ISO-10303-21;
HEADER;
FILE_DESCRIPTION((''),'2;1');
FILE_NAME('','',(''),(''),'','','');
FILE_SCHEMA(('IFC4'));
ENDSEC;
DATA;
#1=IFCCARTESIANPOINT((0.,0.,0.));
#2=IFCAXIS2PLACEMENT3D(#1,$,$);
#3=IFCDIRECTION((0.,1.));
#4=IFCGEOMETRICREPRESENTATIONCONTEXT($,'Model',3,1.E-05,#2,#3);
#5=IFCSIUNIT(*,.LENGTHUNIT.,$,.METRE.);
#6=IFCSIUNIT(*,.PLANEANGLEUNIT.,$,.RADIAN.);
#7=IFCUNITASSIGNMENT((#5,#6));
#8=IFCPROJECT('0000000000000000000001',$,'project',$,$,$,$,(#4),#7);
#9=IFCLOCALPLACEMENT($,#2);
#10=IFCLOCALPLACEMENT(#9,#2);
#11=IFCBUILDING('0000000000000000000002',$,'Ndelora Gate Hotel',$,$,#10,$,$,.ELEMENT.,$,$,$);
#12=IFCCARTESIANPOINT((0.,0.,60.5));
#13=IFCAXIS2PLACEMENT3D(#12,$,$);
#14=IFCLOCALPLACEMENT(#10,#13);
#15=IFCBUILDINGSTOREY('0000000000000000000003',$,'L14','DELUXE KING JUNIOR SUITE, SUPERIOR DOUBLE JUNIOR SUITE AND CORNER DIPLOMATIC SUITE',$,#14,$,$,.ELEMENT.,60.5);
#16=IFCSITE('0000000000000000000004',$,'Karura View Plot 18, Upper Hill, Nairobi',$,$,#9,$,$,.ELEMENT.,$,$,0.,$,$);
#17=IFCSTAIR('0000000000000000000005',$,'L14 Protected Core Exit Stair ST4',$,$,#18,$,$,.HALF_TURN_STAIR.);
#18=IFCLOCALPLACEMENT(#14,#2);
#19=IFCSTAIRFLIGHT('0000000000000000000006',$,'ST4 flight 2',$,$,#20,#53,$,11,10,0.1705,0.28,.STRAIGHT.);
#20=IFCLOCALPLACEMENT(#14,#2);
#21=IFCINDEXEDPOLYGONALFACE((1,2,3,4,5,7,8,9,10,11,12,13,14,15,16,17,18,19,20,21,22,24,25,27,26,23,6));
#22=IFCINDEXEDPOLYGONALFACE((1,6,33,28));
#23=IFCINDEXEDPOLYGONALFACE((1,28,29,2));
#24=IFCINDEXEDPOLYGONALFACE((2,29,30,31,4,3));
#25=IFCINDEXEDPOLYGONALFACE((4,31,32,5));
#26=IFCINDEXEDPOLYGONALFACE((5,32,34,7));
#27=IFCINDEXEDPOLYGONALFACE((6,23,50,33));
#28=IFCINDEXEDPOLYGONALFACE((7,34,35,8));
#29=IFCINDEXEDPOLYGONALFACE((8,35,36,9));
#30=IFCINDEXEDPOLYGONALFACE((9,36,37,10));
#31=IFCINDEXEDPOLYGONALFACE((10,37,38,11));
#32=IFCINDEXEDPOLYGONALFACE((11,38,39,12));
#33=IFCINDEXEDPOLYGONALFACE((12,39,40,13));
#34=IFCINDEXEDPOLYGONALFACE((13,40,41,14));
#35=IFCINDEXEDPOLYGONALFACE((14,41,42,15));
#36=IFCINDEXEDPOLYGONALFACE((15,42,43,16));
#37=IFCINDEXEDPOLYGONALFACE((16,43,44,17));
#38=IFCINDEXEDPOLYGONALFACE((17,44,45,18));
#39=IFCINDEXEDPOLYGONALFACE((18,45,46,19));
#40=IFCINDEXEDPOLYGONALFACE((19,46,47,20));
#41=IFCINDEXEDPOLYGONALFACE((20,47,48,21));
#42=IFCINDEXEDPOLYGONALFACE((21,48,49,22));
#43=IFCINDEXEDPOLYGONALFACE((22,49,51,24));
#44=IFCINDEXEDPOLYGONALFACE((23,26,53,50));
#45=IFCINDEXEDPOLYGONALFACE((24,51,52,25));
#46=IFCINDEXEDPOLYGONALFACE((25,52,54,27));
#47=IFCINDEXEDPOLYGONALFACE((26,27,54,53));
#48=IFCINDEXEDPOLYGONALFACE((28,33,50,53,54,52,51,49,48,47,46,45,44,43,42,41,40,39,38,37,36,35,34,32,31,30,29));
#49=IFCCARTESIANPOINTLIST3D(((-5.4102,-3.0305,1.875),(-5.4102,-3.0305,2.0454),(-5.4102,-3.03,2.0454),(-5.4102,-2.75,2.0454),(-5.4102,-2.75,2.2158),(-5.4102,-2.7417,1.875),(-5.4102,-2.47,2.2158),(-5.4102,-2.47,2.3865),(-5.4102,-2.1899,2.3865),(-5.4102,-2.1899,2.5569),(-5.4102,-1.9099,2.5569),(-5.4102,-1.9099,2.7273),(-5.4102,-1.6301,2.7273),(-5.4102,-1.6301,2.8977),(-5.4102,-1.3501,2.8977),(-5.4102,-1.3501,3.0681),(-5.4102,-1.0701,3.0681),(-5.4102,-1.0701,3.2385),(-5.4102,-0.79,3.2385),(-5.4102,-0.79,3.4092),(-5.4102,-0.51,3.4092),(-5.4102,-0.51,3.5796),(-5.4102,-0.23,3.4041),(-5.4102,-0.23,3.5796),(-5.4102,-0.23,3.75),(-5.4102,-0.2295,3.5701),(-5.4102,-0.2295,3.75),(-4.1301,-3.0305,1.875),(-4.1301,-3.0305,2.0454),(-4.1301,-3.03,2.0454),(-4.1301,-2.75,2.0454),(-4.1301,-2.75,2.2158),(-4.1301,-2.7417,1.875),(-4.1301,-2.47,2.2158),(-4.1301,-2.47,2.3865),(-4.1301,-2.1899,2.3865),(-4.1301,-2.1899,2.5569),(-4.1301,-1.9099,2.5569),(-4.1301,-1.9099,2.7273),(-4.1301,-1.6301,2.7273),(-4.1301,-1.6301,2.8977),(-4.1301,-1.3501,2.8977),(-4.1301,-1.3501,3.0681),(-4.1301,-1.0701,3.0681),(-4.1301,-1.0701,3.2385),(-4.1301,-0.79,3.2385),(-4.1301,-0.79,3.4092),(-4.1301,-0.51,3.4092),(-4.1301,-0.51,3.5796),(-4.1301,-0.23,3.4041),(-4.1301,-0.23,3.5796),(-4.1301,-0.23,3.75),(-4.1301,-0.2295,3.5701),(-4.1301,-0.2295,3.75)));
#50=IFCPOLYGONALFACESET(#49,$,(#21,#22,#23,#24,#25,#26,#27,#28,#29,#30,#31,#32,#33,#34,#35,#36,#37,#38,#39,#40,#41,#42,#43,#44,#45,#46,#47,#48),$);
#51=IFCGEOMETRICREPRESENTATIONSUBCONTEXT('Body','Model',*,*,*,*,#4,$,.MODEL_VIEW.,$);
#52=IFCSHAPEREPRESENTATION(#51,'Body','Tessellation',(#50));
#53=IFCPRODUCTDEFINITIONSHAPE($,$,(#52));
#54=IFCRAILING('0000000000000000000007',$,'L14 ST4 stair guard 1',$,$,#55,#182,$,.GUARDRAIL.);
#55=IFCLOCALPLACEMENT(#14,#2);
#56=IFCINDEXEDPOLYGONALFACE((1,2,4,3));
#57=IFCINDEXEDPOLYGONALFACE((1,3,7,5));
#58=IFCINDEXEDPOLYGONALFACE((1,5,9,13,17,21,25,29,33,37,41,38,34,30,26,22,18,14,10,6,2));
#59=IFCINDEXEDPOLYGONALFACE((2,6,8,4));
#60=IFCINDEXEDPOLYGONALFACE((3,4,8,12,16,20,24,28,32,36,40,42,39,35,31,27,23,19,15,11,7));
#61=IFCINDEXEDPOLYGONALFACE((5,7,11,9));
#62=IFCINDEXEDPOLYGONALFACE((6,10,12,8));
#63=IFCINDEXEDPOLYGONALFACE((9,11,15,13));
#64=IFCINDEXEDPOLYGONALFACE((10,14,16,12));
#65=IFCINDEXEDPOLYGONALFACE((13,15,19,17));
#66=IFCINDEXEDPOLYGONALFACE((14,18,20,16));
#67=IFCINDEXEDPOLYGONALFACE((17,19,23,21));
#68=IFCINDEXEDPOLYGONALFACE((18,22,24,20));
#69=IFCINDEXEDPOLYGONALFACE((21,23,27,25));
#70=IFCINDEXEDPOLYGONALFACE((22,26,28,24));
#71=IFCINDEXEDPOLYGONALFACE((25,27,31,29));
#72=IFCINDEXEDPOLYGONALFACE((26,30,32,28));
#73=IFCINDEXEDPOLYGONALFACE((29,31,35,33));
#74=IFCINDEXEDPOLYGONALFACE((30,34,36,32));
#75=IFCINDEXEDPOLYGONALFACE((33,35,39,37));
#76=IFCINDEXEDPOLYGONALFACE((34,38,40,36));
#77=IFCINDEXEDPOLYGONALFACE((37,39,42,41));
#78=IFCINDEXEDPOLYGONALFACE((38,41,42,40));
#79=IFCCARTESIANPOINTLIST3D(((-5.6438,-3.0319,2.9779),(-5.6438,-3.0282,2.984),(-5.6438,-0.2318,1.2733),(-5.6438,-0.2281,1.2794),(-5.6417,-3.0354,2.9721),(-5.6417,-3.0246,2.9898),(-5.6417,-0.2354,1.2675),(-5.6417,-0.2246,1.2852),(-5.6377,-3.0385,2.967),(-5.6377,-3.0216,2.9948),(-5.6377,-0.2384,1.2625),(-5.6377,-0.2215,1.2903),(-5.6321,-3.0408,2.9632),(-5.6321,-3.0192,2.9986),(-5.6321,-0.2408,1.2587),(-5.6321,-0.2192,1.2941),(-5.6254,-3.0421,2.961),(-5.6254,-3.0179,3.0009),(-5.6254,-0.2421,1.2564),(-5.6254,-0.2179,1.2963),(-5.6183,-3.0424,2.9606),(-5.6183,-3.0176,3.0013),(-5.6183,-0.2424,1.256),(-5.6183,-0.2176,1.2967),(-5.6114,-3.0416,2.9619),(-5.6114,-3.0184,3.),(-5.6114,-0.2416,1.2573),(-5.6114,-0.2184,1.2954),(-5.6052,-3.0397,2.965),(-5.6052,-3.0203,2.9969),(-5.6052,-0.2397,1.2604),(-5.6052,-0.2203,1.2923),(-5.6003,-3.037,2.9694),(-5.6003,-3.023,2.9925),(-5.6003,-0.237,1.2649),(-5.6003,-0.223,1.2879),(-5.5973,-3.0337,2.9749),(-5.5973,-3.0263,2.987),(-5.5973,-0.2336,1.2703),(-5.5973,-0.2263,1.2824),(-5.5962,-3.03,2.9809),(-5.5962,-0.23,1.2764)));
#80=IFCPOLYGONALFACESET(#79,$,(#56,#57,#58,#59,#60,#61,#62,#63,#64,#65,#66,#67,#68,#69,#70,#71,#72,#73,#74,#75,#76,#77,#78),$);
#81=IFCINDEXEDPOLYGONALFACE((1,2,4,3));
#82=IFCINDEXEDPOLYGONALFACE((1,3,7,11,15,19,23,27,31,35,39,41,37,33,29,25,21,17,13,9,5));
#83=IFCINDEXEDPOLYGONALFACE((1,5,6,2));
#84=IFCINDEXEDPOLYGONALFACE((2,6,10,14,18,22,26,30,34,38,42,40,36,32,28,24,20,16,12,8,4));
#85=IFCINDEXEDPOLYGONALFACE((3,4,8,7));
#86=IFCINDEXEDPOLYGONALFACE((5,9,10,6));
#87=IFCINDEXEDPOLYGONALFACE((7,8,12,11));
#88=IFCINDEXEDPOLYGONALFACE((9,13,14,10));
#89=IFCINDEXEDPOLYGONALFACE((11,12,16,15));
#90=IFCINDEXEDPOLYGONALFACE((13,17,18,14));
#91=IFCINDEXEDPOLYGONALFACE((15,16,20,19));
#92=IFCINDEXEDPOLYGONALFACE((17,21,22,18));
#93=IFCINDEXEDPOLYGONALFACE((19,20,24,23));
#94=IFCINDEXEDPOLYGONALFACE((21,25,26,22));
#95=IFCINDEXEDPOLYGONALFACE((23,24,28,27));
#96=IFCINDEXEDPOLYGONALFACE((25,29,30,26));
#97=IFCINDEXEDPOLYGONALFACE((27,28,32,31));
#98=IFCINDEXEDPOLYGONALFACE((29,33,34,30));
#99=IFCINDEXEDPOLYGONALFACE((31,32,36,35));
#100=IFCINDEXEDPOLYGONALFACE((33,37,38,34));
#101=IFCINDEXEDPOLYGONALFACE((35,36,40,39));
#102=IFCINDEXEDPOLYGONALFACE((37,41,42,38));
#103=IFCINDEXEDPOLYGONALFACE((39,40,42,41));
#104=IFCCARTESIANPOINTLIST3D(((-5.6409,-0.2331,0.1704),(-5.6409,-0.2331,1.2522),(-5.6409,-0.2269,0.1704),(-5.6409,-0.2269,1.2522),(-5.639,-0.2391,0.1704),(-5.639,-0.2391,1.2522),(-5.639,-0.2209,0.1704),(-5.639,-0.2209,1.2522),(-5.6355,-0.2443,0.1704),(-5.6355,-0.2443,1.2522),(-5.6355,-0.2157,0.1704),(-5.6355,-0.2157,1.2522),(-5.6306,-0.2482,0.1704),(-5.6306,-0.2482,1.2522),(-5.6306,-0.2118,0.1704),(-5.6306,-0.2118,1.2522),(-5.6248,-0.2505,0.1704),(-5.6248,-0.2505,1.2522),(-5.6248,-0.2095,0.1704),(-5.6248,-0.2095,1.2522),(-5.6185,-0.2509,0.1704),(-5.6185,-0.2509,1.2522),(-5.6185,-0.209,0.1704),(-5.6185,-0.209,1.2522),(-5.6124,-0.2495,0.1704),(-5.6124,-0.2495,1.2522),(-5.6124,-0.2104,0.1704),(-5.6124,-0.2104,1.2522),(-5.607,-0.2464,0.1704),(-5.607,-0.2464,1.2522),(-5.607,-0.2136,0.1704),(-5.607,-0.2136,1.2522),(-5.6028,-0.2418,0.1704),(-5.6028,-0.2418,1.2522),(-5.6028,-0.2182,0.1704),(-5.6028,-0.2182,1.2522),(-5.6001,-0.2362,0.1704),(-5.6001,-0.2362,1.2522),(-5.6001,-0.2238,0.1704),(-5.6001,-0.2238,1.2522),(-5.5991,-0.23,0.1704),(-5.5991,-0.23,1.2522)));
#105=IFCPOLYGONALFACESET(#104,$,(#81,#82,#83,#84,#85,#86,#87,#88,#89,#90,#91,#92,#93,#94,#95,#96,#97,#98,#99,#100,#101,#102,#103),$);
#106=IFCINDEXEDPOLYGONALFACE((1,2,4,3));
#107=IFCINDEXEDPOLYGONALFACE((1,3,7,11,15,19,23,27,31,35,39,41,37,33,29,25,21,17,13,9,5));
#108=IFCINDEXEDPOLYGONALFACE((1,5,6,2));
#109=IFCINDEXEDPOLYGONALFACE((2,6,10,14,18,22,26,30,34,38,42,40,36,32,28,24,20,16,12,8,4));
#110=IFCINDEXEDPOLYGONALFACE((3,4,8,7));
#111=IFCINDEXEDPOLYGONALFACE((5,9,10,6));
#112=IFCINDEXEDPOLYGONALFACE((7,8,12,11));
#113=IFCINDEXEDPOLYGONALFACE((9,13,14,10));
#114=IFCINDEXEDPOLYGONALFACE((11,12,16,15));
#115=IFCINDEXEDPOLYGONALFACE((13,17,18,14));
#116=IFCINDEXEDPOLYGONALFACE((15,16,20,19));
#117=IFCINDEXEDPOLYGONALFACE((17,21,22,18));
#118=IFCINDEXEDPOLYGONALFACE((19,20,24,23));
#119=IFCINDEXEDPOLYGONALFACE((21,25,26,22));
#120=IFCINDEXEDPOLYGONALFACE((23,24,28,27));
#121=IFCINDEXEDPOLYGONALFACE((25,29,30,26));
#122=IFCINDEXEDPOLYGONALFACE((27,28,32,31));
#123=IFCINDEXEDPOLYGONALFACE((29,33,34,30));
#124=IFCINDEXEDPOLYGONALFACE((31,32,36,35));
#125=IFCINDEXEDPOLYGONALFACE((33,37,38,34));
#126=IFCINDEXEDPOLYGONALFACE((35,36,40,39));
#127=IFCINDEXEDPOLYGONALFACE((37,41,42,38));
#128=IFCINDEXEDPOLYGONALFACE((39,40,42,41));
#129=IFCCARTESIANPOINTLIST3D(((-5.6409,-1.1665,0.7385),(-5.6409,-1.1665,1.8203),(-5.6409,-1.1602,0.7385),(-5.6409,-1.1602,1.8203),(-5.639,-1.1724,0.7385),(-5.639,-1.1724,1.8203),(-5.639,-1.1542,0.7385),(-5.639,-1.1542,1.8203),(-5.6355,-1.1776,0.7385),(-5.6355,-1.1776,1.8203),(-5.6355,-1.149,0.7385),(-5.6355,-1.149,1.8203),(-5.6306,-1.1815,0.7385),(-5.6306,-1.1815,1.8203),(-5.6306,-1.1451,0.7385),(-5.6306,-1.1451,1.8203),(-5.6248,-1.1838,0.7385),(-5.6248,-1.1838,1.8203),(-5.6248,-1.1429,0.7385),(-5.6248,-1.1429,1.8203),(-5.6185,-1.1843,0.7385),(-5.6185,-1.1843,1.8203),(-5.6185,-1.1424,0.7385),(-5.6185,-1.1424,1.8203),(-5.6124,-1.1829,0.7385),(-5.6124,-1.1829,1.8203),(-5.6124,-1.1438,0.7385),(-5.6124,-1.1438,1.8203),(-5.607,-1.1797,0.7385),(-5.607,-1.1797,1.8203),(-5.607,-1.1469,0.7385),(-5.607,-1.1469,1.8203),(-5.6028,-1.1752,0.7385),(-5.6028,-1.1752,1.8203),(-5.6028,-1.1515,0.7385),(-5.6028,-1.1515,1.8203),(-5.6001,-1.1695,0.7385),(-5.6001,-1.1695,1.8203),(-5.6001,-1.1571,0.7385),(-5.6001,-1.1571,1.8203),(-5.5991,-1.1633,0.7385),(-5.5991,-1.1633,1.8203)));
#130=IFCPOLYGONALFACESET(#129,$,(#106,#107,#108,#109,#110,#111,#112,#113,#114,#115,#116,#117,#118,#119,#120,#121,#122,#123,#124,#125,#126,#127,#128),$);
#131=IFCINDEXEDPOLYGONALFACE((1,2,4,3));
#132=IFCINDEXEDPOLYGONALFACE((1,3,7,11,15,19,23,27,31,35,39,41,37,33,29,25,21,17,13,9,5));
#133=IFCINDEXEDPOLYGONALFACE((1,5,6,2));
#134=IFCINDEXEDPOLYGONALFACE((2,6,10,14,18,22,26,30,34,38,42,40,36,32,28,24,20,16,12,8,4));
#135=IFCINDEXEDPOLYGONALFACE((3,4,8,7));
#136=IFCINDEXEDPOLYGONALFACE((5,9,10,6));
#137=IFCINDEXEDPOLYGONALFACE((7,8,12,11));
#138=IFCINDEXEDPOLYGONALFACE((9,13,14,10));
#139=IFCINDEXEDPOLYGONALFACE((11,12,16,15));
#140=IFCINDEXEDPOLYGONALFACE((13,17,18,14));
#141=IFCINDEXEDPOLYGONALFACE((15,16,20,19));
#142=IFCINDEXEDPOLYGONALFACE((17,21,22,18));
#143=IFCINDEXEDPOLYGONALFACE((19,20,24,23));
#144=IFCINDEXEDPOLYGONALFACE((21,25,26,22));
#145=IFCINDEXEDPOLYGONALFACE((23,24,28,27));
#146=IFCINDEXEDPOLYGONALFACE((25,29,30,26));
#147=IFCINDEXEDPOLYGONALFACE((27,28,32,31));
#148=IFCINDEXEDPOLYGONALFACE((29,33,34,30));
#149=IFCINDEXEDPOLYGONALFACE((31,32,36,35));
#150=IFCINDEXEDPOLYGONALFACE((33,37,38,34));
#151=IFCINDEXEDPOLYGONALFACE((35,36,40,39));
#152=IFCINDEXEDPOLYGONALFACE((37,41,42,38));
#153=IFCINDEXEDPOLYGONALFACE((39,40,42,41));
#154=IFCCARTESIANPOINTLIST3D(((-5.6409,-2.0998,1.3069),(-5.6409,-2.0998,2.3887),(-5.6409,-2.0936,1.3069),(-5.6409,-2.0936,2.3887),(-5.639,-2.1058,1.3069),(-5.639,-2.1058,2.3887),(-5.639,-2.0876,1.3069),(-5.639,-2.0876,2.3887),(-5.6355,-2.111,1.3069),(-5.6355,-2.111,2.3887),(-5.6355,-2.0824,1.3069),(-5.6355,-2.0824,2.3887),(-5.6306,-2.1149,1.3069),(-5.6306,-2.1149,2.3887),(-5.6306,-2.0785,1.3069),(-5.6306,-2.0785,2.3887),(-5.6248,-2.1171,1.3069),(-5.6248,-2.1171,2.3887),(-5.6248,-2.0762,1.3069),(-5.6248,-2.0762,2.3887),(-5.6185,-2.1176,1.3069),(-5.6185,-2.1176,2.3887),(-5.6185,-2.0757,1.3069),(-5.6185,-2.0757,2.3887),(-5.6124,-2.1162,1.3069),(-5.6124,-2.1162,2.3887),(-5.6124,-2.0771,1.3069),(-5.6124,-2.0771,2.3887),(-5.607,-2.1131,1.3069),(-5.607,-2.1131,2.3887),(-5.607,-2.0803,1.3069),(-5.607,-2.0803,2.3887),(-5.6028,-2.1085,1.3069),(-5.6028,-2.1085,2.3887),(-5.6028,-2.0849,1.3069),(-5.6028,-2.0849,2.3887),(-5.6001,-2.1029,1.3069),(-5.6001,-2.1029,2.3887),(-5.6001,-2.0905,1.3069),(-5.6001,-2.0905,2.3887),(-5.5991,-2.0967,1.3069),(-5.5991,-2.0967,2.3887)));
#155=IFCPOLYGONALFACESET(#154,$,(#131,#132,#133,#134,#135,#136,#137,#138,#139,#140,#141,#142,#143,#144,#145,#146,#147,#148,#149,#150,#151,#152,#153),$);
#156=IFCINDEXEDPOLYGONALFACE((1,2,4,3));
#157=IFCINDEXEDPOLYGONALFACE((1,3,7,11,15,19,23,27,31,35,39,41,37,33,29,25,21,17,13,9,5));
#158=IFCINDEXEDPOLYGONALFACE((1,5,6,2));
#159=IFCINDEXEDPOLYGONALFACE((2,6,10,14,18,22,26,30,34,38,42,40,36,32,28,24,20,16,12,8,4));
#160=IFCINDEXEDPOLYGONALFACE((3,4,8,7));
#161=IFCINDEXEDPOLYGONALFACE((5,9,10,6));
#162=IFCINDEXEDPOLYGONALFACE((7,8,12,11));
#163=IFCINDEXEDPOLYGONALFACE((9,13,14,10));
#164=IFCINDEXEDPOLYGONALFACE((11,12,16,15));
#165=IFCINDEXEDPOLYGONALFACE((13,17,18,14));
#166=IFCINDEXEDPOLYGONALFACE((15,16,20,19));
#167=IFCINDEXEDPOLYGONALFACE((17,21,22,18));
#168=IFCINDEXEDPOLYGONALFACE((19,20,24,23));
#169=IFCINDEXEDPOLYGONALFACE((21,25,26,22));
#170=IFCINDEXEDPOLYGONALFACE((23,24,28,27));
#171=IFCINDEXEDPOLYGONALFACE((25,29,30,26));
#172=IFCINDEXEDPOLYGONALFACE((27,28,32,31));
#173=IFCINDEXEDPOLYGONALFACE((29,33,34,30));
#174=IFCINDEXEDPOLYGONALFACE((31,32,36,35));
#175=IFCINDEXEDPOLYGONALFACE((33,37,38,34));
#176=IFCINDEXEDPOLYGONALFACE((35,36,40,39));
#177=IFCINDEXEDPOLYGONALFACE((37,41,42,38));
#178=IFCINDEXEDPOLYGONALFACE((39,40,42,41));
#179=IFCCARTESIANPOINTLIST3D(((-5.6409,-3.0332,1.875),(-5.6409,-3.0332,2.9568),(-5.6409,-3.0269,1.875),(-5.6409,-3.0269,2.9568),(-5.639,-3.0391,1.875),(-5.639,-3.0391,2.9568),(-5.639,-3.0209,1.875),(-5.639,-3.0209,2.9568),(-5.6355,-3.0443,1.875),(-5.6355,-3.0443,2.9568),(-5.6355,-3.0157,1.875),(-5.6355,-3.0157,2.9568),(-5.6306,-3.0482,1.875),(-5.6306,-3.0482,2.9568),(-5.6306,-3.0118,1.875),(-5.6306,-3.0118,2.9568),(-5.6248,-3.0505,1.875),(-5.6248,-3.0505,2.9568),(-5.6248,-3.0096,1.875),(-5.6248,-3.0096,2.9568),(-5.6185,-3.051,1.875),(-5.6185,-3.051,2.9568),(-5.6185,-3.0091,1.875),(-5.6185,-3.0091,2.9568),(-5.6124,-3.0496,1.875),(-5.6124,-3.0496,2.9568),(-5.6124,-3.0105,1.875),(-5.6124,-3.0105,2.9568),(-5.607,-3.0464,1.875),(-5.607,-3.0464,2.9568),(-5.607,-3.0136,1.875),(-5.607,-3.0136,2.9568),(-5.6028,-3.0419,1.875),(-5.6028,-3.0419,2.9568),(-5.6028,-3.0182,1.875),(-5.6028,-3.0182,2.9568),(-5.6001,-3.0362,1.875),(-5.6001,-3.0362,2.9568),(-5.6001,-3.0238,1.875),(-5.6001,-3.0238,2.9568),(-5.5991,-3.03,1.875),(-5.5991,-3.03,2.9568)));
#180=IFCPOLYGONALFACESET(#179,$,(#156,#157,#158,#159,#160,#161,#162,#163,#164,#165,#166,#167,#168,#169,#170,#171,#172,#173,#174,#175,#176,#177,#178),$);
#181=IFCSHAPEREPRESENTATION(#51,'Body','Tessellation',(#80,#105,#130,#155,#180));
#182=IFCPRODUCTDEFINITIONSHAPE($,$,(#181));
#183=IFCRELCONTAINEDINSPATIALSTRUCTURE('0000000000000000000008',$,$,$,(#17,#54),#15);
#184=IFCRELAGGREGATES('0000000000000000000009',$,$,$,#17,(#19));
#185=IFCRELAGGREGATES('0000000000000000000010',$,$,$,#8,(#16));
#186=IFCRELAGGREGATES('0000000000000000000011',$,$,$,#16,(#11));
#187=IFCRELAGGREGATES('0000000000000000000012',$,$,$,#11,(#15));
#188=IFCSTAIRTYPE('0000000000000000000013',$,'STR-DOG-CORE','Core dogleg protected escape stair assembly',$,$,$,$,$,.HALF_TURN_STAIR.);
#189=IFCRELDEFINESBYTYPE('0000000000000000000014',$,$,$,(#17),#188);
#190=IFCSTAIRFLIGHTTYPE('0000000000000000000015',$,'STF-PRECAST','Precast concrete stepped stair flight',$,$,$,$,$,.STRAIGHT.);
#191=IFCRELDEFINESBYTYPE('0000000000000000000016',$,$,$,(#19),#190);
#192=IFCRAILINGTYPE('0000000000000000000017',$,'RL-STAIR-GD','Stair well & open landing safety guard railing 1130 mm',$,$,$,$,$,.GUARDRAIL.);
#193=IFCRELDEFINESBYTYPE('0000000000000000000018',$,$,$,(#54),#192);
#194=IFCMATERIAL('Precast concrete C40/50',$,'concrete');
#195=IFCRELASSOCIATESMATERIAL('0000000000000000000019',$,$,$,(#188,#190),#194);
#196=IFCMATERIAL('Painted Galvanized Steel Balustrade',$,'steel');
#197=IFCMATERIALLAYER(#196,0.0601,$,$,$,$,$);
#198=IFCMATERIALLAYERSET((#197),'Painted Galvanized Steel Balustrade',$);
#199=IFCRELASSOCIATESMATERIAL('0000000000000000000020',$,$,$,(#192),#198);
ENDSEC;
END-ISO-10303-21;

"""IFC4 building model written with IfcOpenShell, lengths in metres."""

from ifc_helpers import new_model, si_unit, direction, frame, origin, origin_2d, place, context, subcontext, project, spatial, polyline, circle, outline, extrude, material, layer, layer_set, type_object, element, aggregate, save


model = new_model("IFC4")

# Units and contexts
model_context = context("Model", 3, precision=1e-05, world=origin(), true_north=direction((0.0, 1.0)))
body_context = subcontext(model_context, "Body", "Model", "MODEL_VIEW")
ifc_project = project(units=[si_unit("LENGTHUNIT", "METRE"), si_unit("PLANEANGLEUNIT", "RADIAN")], contexts=[model_context])

# Site, building, storey
site_placement = place(None, origin())
site = spatial("IfcSite", under=ifc_project, at=site_placement, Name="Karura View Plot 18, Upper Hill, Nairobi", CompositionType="ELEMENT", RefElevation=0.0)
building_placement = place(site_placement, origin())
building = spatial("IfcBuilding", under=site, at=building_placement, Name="Ndelora Gate Hotel", CompositionType="ELEMENT")
storey_placement = place(building_placement, frame((0.0, 0.0, 60.5)))
storey = spatial("IfcBuildingStorey", under=building, at=storey_placement, Name="L14", Description="DELUXE KING JUNIOR SUITE, SUPERIOR DOUBLE JUNIOR SUITE AND CORNER DIPLOMATIC SUITE", CompositionType="ELEMENT", Elevation=60.5)

# Stair, stair flight
ifc_material_1 = material(Name="Precast concrete C40/50", Category="concrete")
stair_type = type_object("IfcStairType", Name="STR-DOG-CORE", Description="Core dogleg protected escape stair assembly", PredefinedType="HALF_TURN_STAIR", material=ifc_material_1)
stair_placement = place(storey_placement, origin())
stair = element("IfcStair", 1, at=stair_placement, inside=storey, type_object=stair_type, Name="L14 Protected Core Exit Stair ST4", PredefinedType="HALF_TURN_STAIR")
stair_flight_type = type_object("IfcStairFlightType", Name="STF-PRECAST", Description="Precast concrete stepped stair flight", PredefinedType="STRAIGHT", material=ifc_material_1)
stair_flight_1_placement = place(storey_placement, frame((-4.77, -3.03, 1.875), z_axis=(0.0, 0.0, 1.0), x_axis=(0.0, 1.0, 0.0)))
stair_flight_1 = element("IfcStairFlight", 2, at=stair_flight_1_placement, type_object=stair_flight_type, Name="ST4 flight 2", NumberOfRisers=11, NumberOfTreads=10, PredefinedType="STRAIGHT", RiserHeight=0.1705, TreadLength=0.28, context=body_context, shape_type="SweptSolid", body=[
    extrude(outline(polyline([(-0.0005, 0.0), (-0.0005, 0.1704), (0.0, 0.1704), (0.28, 0.1704), (0.28, 0.3408), (0.5601, 0.3408), (0.5601, 0.5115), (0.8401, 0.5115), (0.8401, 0.6819), (1.1201, 0.6819), (1.1201, 0.8523), (1.3999, 0.8523), (1.3999, 1.0227), (1.6799, 1.0227), (1.6799, 1.1931), (1.96, 1.1931), (1.96, 1.3635), (2.24, 1.3635), (2.24, 1.5342), (2.52, 1.5342), (2.52, 1.7046), (2.8, 1.7046), (2.8, 1.875), (2.8005, 1.875), (2.8005, 1.6951), (2.8, 1.5291), (0.2883, 0.0), (-0.0005, 0.0)])), frame((0.0, 0.6401, 0.0), z_axis=(0.0, -1.0, 0.0), x_axis=(1.0, 0.0, 0.0)), (0.0, 0.0, 1.0), 1.28),
])
aggregate(stair, [stair_flight_1])

# Railing
ifc_material_2 = material(Name="Painted Galvanized Steel Balustrade", Category="steel")
ifc_layer_1 = layer(ifc_material_2, 0.0601)
ifc_layer_set_1 = layer_set([ifc_layer_1], Name="Painted Galvanized Steel Balustrade")
railing_type_1 = type_object("IfcRailingType", Name="RL-STAIR-GD", Description="Stair well & open landing safety guard railing 1130 mm", PredefinedType="GUARDRAIL", material=ifc_layer_set_1)
railing_1_placement = place(storey_placement, frame((-5.6201, -0.23, 0.1704)))
element("IfcRailing", 3, at=railing_1_placement, inside=storey, type_object=railing_type_1, Name="L14 ST4 stair guard 1", PredefinedType="GUARDRAIL", context=body_context, shape_type="SweptSolid", body=[
    extrude(circle(Radius=0.0239, at=origin_2d()), frame((0.0, 0.0, 1.106), z_axis=(0.0, -0.85417, 0.519994), x_axis=(1.0, 0.0, 0.0)), (0.0, 0.0, 1.0), 3.2781),
    extrude(circle(Radius=0.021, at=origin_2d()), origin(), (0.0, 0.0, 1.0), 1.0818),
    extrude(circle(Radius=0.021, at=origin_2d()), frame((0.0, -0.9333, 0.5681)), (0.0, 0.0, 1.0), 1.0818),
    extrude(circle(Radius=0.021, at=origin_2d()), frame((0.0, -1.8667, 1.1365)), (0.0, 0.0, 1.0), 1.0818),
    extrude(circle(Radius=0.021, at=origin_2d()), frame((0.0, -2.8, 1.7046)), (0.0, 0.0, 1.0), 1.0818),
])

save(model, "model.ifc")
